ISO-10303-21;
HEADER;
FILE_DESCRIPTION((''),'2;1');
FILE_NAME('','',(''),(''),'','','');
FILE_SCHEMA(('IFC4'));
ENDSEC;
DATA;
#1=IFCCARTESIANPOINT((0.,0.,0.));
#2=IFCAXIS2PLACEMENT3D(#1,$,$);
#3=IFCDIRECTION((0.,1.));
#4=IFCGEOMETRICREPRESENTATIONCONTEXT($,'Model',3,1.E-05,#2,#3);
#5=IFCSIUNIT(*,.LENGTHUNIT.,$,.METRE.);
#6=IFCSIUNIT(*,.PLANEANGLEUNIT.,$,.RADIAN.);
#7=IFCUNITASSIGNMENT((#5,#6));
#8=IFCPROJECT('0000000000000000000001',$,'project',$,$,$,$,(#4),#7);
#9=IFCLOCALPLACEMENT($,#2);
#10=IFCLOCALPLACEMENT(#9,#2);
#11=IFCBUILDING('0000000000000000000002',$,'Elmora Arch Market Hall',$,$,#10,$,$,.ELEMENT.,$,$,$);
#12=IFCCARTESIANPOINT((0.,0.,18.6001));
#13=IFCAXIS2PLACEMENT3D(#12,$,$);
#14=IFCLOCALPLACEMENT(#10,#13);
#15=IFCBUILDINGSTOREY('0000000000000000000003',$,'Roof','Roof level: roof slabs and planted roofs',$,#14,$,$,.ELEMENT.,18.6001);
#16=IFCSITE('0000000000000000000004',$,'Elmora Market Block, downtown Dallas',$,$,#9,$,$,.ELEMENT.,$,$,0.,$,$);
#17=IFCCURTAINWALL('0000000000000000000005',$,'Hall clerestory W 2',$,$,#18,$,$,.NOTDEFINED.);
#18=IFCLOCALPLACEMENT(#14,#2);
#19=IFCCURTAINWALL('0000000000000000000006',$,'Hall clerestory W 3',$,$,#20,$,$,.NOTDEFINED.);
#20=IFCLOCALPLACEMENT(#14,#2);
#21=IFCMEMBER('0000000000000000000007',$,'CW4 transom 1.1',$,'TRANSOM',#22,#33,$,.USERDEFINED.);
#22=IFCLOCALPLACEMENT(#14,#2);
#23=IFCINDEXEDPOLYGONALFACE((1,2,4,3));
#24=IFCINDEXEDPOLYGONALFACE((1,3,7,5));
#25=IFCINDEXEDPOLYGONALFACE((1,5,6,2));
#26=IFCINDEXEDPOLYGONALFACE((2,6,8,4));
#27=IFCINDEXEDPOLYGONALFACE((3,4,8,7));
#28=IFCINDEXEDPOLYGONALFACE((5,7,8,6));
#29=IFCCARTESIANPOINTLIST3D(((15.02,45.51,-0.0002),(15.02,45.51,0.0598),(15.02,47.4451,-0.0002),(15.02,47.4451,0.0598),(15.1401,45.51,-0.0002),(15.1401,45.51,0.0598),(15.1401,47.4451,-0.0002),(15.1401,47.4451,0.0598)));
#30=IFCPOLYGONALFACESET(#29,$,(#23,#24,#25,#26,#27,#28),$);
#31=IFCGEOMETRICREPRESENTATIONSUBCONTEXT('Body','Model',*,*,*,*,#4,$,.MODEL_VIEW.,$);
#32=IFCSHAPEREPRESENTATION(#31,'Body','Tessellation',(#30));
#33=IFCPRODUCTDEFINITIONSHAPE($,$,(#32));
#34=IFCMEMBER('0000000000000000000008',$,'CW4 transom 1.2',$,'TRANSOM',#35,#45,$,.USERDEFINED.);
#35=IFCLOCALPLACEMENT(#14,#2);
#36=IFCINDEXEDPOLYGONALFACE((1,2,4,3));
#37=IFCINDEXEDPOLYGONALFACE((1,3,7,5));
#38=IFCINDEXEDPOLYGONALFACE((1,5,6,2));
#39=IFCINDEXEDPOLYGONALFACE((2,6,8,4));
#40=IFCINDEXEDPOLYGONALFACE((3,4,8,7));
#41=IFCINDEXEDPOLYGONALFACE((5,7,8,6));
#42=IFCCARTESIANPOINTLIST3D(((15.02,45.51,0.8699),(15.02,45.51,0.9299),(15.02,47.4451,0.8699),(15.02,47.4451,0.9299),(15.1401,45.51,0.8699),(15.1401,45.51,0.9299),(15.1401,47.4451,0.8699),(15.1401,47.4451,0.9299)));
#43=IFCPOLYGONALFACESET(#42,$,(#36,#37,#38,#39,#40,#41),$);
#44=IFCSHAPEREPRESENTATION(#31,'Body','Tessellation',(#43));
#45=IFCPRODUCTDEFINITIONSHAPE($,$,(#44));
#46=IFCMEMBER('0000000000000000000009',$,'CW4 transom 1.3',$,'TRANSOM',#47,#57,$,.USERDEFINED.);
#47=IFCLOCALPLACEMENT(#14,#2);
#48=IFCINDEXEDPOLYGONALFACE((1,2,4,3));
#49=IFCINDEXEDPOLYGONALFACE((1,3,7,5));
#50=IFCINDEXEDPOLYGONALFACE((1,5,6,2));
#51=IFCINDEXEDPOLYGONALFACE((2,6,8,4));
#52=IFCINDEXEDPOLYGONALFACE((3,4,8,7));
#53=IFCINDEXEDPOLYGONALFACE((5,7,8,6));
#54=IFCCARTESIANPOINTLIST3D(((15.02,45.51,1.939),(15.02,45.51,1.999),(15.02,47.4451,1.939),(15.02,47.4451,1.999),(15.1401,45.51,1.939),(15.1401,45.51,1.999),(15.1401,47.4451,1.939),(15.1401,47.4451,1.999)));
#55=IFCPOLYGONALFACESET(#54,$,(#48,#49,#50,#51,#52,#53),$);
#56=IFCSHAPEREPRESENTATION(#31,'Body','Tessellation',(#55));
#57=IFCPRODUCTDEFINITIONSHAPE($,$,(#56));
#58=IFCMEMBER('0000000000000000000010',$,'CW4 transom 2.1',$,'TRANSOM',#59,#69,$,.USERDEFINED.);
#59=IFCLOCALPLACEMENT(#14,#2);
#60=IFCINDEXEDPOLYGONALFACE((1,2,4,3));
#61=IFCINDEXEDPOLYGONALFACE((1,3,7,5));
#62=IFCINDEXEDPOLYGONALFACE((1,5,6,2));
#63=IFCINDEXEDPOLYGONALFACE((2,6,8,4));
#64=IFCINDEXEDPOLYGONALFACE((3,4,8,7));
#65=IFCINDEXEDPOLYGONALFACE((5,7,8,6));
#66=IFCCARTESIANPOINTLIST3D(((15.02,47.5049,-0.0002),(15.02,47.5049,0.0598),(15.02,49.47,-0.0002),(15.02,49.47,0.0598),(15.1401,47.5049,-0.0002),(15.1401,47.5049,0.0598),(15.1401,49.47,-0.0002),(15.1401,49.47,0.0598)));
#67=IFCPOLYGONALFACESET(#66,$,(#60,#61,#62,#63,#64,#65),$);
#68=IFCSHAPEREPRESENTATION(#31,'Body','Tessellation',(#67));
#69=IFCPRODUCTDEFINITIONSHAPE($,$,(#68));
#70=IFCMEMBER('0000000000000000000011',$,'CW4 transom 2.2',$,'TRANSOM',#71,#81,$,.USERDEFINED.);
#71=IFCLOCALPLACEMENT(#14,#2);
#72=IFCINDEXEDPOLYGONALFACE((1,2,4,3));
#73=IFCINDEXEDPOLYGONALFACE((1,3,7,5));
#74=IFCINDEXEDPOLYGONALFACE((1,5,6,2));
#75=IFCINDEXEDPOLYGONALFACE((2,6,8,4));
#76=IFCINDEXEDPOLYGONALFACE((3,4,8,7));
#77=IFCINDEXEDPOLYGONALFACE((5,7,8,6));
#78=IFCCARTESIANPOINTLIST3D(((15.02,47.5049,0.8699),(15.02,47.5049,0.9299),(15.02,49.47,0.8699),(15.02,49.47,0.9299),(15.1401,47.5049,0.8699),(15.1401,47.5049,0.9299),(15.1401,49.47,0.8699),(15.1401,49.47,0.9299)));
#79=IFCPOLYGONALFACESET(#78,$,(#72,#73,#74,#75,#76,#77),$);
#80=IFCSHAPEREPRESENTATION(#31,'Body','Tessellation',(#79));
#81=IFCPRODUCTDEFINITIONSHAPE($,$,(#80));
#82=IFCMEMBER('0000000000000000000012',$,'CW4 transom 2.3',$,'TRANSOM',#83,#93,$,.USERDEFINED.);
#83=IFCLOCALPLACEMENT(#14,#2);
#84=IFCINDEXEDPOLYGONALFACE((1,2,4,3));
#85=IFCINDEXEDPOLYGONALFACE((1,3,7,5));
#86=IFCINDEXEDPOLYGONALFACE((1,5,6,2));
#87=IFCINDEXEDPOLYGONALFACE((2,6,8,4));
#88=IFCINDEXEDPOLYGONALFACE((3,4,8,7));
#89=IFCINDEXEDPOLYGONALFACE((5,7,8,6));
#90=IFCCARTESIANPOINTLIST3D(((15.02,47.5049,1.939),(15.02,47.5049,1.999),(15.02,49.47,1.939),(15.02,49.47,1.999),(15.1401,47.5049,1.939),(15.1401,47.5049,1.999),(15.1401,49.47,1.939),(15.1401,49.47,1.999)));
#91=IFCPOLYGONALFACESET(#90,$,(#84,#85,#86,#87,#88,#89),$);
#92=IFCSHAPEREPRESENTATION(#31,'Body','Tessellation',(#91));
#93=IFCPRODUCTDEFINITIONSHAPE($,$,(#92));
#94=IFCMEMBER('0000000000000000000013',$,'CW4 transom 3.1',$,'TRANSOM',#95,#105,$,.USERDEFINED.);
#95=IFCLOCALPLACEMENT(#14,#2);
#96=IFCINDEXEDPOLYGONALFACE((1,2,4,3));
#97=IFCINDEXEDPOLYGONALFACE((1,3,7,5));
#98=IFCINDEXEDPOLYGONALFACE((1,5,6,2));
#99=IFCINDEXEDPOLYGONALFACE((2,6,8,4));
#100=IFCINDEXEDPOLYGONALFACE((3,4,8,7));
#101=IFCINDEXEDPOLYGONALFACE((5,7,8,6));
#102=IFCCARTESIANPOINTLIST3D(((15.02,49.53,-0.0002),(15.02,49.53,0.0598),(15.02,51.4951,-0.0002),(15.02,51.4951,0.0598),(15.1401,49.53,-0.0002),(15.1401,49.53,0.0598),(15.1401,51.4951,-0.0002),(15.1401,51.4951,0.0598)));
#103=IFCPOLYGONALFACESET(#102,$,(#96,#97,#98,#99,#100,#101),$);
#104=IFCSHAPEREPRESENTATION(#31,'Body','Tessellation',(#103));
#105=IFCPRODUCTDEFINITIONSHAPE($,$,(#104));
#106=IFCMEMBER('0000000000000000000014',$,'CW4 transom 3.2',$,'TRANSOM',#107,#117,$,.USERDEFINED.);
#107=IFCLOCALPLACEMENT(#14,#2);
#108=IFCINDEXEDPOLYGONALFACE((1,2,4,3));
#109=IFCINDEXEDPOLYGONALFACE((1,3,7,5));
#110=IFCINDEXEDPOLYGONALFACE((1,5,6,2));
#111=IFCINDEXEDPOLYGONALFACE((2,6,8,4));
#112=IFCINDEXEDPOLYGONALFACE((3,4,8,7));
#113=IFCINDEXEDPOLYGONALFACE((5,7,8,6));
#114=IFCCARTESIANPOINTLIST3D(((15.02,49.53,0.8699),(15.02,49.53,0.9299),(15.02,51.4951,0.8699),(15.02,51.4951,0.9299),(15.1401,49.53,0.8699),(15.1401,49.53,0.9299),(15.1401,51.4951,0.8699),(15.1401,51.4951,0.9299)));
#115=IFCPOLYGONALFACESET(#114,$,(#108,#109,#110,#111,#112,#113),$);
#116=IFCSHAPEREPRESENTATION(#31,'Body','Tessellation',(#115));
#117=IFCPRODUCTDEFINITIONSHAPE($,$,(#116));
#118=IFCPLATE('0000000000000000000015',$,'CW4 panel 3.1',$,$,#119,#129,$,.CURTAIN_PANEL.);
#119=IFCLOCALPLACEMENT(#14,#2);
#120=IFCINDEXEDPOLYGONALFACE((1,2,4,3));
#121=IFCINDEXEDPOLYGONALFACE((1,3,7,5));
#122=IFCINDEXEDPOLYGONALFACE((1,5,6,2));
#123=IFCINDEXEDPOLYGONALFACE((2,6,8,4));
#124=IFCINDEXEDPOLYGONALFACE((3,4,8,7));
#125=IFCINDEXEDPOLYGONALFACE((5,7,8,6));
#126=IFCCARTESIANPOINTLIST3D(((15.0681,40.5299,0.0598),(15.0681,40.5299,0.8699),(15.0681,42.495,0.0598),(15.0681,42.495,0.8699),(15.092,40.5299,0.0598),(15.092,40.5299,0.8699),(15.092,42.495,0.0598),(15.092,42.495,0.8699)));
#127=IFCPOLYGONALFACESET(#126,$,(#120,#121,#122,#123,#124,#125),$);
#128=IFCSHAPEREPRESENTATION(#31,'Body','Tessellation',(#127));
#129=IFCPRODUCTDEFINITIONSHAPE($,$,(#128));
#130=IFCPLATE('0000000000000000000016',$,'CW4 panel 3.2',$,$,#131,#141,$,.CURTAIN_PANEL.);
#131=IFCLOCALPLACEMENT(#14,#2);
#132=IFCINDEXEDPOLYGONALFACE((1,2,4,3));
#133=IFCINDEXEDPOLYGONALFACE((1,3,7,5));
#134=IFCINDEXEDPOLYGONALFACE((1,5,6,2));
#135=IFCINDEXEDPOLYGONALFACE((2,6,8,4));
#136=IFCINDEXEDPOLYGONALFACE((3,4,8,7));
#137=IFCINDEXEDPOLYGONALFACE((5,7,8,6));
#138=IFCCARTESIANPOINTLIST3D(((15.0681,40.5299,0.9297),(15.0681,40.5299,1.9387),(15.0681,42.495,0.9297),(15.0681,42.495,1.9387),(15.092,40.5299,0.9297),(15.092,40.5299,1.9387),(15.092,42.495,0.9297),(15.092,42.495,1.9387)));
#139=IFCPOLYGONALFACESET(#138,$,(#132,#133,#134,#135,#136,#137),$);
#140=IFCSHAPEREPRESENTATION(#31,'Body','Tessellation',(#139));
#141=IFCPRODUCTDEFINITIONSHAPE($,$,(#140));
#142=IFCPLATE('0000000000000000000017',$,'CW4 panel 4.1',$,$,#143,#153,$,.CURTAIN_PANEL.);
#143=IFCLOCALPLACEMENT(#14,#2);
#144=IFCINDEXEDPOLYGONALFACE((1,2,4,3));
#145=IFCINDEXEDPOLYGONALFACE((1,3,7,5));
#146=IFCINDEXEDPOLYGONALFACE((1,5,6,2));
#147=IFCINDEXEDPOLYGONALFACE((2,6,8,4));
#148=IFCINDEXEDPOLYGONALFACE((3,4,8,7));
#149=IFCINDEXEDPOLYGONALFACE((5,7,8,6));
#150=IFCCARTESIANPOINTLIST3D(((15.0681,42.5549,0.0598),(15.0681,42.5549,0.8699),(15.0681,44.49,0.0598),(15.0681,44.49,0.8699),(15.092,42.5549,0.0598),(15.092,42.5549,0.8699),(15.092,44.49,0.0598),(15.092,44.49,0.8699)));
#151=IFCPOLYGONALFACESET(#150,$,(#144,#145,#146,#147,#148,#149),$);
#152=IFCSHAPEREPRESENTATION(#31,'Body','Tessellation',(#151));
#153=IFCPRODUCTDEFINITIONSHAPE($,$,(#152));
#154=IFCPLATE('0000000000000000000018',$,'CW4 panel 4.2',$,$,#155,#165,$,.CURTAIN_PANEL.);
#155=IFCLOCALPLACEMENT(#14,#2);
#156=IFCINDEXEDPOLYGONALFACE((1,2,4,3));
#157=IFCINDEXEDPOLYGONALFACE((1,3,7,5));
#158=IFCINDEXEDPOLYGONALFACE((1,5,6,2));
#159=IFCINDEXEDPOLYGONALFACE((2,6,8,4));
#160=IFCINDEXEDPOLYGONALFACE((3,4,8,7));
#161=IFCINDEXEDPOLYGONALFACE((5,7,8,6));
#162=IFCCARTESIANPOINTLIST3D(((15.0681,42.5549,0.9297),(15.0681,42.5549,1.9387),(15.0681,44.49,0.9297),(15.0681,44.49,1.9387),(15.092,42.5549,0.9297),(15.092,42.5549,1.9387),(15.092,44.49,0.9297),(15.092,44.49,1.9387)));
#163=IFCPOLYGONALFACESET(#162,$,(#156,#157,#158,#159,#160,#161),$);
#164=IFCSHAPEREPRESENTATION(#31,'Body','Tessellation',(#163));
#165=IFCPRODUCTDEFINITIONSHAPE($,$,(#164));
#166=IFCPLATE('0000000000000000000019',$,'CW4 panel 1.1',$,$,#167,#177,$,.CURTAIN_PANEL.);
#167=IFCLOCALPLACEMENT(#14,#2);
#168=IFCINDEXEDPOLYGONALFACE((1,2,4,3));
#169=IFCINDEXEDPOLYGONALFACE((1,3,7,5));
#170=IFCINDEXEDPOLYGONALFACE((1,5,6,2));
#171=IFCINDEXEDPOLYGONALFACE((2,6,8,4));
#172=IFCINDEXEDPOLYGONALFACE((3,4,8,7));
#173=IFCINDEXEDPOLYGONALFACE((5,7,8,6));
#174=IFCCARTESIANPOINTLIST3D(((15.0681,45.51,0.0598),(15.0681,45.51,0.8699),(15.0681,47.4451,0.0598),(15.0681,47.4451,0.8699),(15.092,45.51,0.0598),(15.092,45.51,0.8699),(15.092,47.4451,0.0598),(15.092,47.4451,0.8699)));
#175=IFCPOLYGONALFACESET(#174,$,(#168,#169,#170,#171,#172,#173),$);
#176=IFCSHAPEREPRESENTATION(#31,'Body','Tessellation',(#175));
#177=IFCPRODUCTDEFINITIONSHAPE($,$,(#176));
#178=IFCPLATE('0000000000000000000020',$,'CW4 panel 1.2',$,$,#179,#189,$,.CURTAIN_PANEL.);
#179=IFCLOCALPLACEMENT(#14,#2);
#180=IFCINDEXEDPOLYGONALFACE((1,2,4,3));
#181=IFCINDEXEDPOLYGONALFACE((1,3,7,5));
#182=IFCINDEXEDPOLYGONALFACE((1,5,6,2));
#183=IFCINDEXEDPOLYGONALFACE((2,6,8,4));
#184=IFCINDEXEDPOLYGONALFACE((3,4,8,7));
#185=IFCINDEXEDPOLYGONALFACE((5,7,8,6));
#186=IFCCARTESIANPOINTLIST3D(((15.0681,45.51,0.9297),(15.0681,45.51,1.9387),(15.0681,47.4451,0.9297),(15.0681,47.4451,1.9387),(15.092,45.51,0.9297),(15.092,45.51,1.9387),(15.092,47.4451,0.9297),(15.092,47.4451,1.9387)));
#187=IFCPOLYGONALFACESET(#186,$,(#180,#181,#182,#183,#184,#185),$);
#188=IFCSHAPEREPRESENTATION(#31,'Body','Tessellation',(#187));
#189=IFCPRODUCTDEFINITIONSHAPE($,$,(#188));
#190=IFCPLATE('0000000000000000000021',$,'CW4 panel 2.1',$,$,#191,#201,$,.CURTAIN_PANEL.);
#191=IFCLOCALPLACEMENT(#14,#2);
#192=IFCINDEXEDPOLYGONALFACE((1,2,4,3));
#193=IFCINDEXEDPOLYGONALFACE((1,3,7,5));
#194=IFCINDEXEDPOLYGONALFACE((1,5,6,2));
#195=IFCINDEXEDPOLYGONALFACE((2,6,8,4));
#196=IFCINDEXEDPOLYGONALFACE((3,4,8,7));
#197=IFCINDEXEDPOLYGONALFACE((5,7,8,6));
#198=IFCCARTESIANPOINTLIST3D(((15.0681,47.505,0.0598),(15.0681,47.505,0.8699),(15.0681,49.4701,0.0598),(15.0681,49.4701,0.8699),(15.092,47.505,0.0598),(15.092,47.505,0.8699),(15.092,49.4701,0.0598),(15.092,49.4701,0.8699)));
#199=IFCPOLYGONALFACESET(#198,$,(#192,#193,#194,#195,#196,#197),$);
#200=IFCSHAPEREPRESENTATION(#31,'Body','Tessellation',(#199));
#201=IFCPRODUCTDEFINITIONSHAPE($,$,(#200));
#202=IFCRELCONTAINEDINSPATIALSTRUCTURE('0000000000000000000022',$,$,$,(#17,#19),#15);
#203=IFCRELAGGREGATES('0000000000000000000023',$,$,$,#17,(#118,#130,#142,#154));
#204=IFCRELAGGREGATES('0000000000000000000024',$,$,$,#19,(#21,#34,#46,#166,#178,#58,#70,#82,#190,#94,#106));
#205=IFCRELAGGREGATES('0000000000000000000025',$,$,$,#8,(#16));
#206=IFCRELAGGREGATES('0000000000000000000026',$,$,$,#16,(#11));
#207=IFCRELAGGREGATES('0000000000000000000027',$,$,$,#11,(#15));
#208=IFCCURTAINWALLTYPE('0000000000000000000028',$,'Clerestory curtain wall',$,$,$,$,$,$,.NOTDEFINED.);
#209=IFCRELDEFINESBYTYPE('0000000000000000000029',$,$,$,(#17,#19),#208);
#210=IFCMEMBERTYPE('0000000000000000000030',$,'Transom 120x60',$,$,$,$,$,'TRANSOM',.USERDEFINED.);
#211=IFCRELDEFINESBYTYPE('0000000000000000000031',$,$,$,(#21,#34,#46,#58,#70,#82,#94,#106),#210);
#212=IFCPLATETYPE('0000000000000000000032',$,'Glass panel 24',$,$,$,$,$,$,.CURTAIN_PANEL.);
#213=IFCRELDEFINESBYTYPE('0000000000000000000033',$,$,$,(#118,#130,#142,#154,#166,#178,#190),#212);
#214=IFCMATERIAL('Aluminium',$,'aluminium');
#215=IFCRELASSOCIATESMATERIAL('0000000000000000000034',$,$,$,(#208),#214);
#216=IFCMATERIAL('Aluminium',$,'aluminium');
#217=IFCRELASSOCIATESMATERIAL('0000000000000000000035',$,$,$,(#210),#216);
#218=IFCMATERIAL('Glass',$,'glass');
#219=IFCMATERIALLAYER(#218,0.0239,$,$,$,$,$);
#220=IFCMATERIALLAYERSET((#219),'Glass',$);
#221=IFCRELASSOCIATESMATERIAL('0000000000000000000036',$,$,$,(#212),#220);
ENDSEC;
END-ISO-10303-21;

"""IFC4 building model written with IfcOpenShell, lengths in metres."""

from ifc_helpers import new_model, si_unit, direction, frame, origin, origin_2d, place, context, subcontext, project, spatial, rectangle, extrude, material, layer, layer_set, material_profile, profile_set, type_object, element, aggregate, save


model = new_model("IFC4")

# Units and contexts
model_context = context("Model", 3, precision=1e-05, world=origin(), true_north=direction((0.0, 1.0)))
body_context = subcontext(model_context, "Body", "Model", "MODEL_VIEW")
ifc_project = project(units=[si_unit("LENGTHUNIT", "METRE"), si_unit("PLANEANGLEUNIT", "RADIAN")], contexts=[model_context])

# Site, building, storey
site_placement = place(None, origin())
site = spatial("IfcSite", under=ifc_project, at=site_placement, Name="Elmora Market Block, downtown Dallas", CompositionType="ELEMENT", RefElevation=0.0)
building_placement = place(site_placement, origin())
building = spatial("IfcBuilding", under=site, at=building_placement, Name="Elmora Arch Market Hall", CompositionType="ELEMENT")
storey_placement = place(building_placement, frame((0.0, 0.0, 18.6001)))
storey = spatial("IfcBuildingStorey", under=building, at=storey_placement, Name="Roof", Description="Roof level: roof slabs and planted roofs", CompositionType="ELEMENT", Elevation=18.6001)

# Curtain walls
ifc_material_1 = material(Name="Aluminium", Category="aluminium")
curtain_wall_type = type_object("IfcCurtainWallType", Name="Clerestory curtain wall", PredefinedType="NOTDEFINED", material=ifc_material_1)
curtain_wall_1_placement = place(storey_placement, origin())
curtain_wall_1 = element("IfcCurtainWall", 1, at=curtain_wall_1_placement, inside=storey, type_object=curtain_wall_type, Name="Hall clerestory W 2", PredefinedType="NOTDEFINED")
curtain_wall_2_placement = place(storey_placement, origin())
curtain_wall_2 = element("IfcCurtainWall", 2, at=curtain_wall_2_placement, inside=storey, type_object=curtain_wall_type, Name="Hall clerestory W 3", PredefinedType="NOTDEFINED")

# Members
ifc_material_2 = material(Name="Aluminium", Category="aluminium")
ifc_material_profile_1 = material_profile(ifc_material_2, rectangle(XDim=0.1201, YDim=0.0601, at=origin_2d()), Name="AL 120x60")
ifc_profile_set_1 = profile_set([ifc_material_profile_1], Name="Aluminium")
member_type_1 = type_object("IfcMemberType", Name="Transom 120x60", ElementType="TRANSOM", PredefinedType="USERDEFINED", material=ifc_profile_set_1)
member_1_placement = place(storey_placement, frame((15.0801, 45.51, 0.0298), z_axis=(0.0, 1.0, 0.0), x_axis=(-1.0, 0.0, 0.0)))
member_1 = element("IfcMember", 3, at=member_1_placement, type_object=member_type_1, Name="CW4 transom 1.1", ObjectType="TRANSOM", PredefinedType="USERDEFINED", context=body_context, shape_type="SweptSolid", body=[
    extrude(rectangle(XDim=0.1201, YDim=0.0601, at=origin_2d()), origin(), (0.0, 0.0, 1.0), 1.9351),
])
member_2_placement = place(storey_placement, frame((15.0801, 45.51, 0.8999), z_axis=(0.0, 1.0, 0.0), x_axis=(-1.0, 0.0, 0.0)))
member_2 = element("IfcMember", 4, at=member_2_placement, type_object=member_type_1, Name="CW4 transom 1.2", ObjectType="TRANSOM", PredefinedType="USERDEFINED", context=body_context, shape_type="SweptSolid", body=[
    extrude(rectangle(XDim=0.1201, YDim=0.0601, at=origin_2d()), origin(), (0.0, 0.0, 1.0), 1.9351),
])
member_3_placement = place(storey_placement, frame((15.0801, 45.51, 1.969), z_axis=(0.0, 1.0, 0.0), x_axis=(-1.0, 0.0, 0.0)))
member_3 = element("IfcMember", 5, at=member_3_placement, type_object=member_type_1, Name="CW4 transom 1.3", ObjectType="TRANSOM", PredefinedType="USERDEFINED", context=body_context, shape_type="SweptSolid", body=[
    extrude(rectangle(XDim=0.1201, YDim=0.0601, at=origin_2d()), origin(), (0.0, 0.0, 1.0), 1.9351),
])
member_4_placement = place(storey_placement, frame((15.0801, 47.5049, 0.0298), z_axis=(0.0, 1.0, 0.0), x_axis=(-1.0, 0.0, 0.0)))
member_4 = element("IfcMember", 6, at=member_4_placement, type_object=member_type_1, Name="CW4 transom 2.1", ObjectType="TRANSOM", PredefinedType="USERDEFINED", context=body_context, shape_type="SweptSolid", body=[
    extrude(rectangle(XDim=0.1201, YDim=0.0601, at=origin_2d()), origin(), (0.0, 0.0, 1.0), 1.9651),
])
member_5_placement = place(storey_placement, frame((15.0801, 47.5049, 0.8999), z_axis=(0.0, 1.0, 0.0), x_axis=(-1.0, 0.0, 0.0)))
member_5 = element("IfcMember", 7, at=member_5_placement, type_object=member_type_1, Name="CW4 transom 2.2", ObjectType="TRANSOM", PredefinedType="USERDEFINED", context=body_context, shape_type="SweptSolid", body=[
    extrude(rectangle(XDim=0.1201, YDim=0.0601, at=origin_2d()), origin(), (0.0, 0.0, 1.0), 1.9651),
])
member_6_placement = place(storey_placement, frame((15.0801, 47.5049, 1.969), z_axis=(0.0, 1.0, 0.0), x_axis=(-1.0, 0.0, 0.0)))
member_6 = element("IfcMember", 8, at=member_6_placement, type_object=member_type_1, Name="CW4 transom 2.3", ObjectType="TRANSOM", PredefinedType="USERDEFINED", context=body_context, shape_type="SweptSolid", body=[
    extrude(rectangle(XDim=0.1201, YDim=0.0601, at=origin_2d()), origin(), (0.0, 0.0, 1.0), 1.9651),
])
member_7_placement = place(storey_placement, frame((15.0801, 49.53, 0.0298), z_axis=(0.0, 1.0, 0.0), x_axis=(-1.0, 0.0, 0.0)))
member_7 = element("IfcMember", 9, at=member_7_placement, type_object=member_type_1, Name="CW4 transom 3.1", ObjectType="TRANSOM", PredefinedType="USERDEFINED", context=body_context, shape_type="SweptSolid", body=[
    extrude(rectangle(XDim=0.1201, YDim=0.0601, at=origin_2d()), origin(), (0.0, 0.0, 1.0), 1.9651),
])
member_8_placement = place(storey_placement, frame((15.0801, 49.53, 0.8999), z_axis=(0.0, 1.0, 0.0), x_axis=(-1.0, 0.0, 0.0)))
member_8 = element("IfcMember", 10, at=member_8_placement, type_object=member_type_1, Name="CW4 transom 3.2", ObjectType="TRANSOM", PredefinedType="USERDEFINED", context=body_context, shape_type="SweptSolid", body=[
    extrude(rectangle(XDim=0.1201, YDim=0.0601, at=origin_2d()), origin(), (0.0, 0.0, 1.0), 1.9651),
])

# Plates
ifc_material_3 = material(Name="Glass", Category="glass")
ifc_layer_1 = layer(ifc_material_3, 0.0239)
ifc_layer_set_1 = layer_set([ifc_layer_1], Name="Glass")
plate_type = type_object("IfcPlateType", Name="Glass panel 24", PredefinedType="CURTAIN_PANEL", material=ifc_layer_set_1)
plate_1_placement = place(storey_placement, frame((15.0801, 41.5125, 0.0598), z_axis=(0.0, 0.0, 1.0), x_axis=(0.0, 1.0, 0.0)))
plate_1 = element("IfcPlate", 11, at=plate_1_placement, type_object=plate_type, Name="CW4 panel 3.1", PredefinedType="CURTAIN_PANEL", context=body_context, shape_type="SweptSolid", body=[
    extrude(rectangle(XDim=1.9651, YDim=0.0239, at=origin_2d()), origin(), (0.0, 0.0, 1.0), 0.8101),
])
plate_2_placement = place(storey_placement, frame((15.0801, 41.5125, 0.9297), z_axis=(0.0, 0.0, 1.0), x_axis=(0.0, 1.0, 0.0)))
plate_2 = element("IfcPlate", 12, at=plate_2_placement, type_object=plate_type, Name="CW4 panel 3.2", PredefinedType="CURTAIN_PANEL", context=body_context, shape_type="SweptSolid", body=[
    extrude(rectangle(XDim=1.9651, YDim=0.0239, at=origin_2d()), origin(), (0.0, 0.0, 1.0), 1.009),
])
plate_3_placement = place(storey_placement, frame((15.0801, 43.5225, 0.0598), z_axis=(0.0, 0.0, 1.0), x_axis=(0.0, 1.0, 0.0)))
plate_3 = element("IfcPlate", 13, at=plate_3_placement, type_object=plate_type, Name="CW4 panel 4.1", PredefinedType="CURTAIN_PANEL", context=body_context, shape_type="SweptSolid", body=[
    extrude(rectangle(XDim=1.9351, YDim=0.0239, at=origin_2d()), origin(), (0.0, 0.0, 1.0), 0.8101),
])
plate_4_placement = place(storey_placement, frame((15.0801, 43.5225, 0.9297), z_axis=(0.0, 0.0, 1.0), x_axis=(0.0, 1.0, 0.0)))
plate_4 = element("IfcPlate", 14, at=plate_4_placement, type_object=plate_type, Name="CW4 panel 4.2", PredefinedType="CURTAIN_PANEL", context=body_context, shape_type="SweptSolid", body=[
    extrude(rectangle(XDim=1.9351, YDim=0.0239, at=origin_2d()), origin(), (0.0, 0.0, 1.0), 1.009),
])
aggregate(curtain_wall_1, [plate_1, plate_2, plate_3, plate_4])
plate_5_placement = place(storey_placement, frame((15.0801, 46.4775, 0.0598), z_axis=(0.0, 0.0, 1.0), x_axis=(0.0, 1.0, 0.0)))
plate_5 = element("IfcPlate", 15, at=plate_5_placement, type_object=plate_type, Name="CW4 panel 1.1", PredefinedType="CURTAIN_PANEL", context=body_context, shape_type="SweptSolid", body=[
    extrude(rectangle(XDim=1.9351, YDim=0.0239, at=origin_2d()), origin(), (0.0, 0.0, 1.0), 0.8101),
])
plate_6_placement = place(storey_placement, frame((15.0801, 46.4775, 0.9297), z_axis=(0.0, 0.0, 1.0), x_axis=(0.0, 1.0, 0.0)))
plate_6 = element("IfcPlate", 16, at=plate_6_placement, type_object=plate_type, Name="CW4 panel 1.2", PredefinedType="CURTAIN_PANEL", context=body_context, shape_type="SweptSolid", body=[
    extrude(rectangle(XDim=1.9351, YDim=0.0239, at=origin_2d()), origin(), (0.0, 0.0, 1.0), 1.009),
])
plate_7_placement = place(storey_placement, frame((15.0801, 48.4875, 0.0598), z_axis=(0.0, 0.0, 1.0), x_axis=(0.0, 1.0, 0.0)))
plate_7 = element("IfcPlate", 17, at=plate_7_placement, type_object=plate_type, Name="CW4 panel 2.1", PredefinedType="CURTAIN_PANEL", context=body_context, shape_type="SweptSolid", body=[
    extrude(rectangle(XDim=1.9651, YDim=0.0239, at=origin_2d()), origin(), (0.0, 0.0, 1.0), 0.8101),
])
aggregate(curtain_wall_2, [member_1, member_2, member_3, plate_5, plate_6, member_4, member_5, member_6, plate_7, member_7, member_8])

save(model, "model.ifc")
